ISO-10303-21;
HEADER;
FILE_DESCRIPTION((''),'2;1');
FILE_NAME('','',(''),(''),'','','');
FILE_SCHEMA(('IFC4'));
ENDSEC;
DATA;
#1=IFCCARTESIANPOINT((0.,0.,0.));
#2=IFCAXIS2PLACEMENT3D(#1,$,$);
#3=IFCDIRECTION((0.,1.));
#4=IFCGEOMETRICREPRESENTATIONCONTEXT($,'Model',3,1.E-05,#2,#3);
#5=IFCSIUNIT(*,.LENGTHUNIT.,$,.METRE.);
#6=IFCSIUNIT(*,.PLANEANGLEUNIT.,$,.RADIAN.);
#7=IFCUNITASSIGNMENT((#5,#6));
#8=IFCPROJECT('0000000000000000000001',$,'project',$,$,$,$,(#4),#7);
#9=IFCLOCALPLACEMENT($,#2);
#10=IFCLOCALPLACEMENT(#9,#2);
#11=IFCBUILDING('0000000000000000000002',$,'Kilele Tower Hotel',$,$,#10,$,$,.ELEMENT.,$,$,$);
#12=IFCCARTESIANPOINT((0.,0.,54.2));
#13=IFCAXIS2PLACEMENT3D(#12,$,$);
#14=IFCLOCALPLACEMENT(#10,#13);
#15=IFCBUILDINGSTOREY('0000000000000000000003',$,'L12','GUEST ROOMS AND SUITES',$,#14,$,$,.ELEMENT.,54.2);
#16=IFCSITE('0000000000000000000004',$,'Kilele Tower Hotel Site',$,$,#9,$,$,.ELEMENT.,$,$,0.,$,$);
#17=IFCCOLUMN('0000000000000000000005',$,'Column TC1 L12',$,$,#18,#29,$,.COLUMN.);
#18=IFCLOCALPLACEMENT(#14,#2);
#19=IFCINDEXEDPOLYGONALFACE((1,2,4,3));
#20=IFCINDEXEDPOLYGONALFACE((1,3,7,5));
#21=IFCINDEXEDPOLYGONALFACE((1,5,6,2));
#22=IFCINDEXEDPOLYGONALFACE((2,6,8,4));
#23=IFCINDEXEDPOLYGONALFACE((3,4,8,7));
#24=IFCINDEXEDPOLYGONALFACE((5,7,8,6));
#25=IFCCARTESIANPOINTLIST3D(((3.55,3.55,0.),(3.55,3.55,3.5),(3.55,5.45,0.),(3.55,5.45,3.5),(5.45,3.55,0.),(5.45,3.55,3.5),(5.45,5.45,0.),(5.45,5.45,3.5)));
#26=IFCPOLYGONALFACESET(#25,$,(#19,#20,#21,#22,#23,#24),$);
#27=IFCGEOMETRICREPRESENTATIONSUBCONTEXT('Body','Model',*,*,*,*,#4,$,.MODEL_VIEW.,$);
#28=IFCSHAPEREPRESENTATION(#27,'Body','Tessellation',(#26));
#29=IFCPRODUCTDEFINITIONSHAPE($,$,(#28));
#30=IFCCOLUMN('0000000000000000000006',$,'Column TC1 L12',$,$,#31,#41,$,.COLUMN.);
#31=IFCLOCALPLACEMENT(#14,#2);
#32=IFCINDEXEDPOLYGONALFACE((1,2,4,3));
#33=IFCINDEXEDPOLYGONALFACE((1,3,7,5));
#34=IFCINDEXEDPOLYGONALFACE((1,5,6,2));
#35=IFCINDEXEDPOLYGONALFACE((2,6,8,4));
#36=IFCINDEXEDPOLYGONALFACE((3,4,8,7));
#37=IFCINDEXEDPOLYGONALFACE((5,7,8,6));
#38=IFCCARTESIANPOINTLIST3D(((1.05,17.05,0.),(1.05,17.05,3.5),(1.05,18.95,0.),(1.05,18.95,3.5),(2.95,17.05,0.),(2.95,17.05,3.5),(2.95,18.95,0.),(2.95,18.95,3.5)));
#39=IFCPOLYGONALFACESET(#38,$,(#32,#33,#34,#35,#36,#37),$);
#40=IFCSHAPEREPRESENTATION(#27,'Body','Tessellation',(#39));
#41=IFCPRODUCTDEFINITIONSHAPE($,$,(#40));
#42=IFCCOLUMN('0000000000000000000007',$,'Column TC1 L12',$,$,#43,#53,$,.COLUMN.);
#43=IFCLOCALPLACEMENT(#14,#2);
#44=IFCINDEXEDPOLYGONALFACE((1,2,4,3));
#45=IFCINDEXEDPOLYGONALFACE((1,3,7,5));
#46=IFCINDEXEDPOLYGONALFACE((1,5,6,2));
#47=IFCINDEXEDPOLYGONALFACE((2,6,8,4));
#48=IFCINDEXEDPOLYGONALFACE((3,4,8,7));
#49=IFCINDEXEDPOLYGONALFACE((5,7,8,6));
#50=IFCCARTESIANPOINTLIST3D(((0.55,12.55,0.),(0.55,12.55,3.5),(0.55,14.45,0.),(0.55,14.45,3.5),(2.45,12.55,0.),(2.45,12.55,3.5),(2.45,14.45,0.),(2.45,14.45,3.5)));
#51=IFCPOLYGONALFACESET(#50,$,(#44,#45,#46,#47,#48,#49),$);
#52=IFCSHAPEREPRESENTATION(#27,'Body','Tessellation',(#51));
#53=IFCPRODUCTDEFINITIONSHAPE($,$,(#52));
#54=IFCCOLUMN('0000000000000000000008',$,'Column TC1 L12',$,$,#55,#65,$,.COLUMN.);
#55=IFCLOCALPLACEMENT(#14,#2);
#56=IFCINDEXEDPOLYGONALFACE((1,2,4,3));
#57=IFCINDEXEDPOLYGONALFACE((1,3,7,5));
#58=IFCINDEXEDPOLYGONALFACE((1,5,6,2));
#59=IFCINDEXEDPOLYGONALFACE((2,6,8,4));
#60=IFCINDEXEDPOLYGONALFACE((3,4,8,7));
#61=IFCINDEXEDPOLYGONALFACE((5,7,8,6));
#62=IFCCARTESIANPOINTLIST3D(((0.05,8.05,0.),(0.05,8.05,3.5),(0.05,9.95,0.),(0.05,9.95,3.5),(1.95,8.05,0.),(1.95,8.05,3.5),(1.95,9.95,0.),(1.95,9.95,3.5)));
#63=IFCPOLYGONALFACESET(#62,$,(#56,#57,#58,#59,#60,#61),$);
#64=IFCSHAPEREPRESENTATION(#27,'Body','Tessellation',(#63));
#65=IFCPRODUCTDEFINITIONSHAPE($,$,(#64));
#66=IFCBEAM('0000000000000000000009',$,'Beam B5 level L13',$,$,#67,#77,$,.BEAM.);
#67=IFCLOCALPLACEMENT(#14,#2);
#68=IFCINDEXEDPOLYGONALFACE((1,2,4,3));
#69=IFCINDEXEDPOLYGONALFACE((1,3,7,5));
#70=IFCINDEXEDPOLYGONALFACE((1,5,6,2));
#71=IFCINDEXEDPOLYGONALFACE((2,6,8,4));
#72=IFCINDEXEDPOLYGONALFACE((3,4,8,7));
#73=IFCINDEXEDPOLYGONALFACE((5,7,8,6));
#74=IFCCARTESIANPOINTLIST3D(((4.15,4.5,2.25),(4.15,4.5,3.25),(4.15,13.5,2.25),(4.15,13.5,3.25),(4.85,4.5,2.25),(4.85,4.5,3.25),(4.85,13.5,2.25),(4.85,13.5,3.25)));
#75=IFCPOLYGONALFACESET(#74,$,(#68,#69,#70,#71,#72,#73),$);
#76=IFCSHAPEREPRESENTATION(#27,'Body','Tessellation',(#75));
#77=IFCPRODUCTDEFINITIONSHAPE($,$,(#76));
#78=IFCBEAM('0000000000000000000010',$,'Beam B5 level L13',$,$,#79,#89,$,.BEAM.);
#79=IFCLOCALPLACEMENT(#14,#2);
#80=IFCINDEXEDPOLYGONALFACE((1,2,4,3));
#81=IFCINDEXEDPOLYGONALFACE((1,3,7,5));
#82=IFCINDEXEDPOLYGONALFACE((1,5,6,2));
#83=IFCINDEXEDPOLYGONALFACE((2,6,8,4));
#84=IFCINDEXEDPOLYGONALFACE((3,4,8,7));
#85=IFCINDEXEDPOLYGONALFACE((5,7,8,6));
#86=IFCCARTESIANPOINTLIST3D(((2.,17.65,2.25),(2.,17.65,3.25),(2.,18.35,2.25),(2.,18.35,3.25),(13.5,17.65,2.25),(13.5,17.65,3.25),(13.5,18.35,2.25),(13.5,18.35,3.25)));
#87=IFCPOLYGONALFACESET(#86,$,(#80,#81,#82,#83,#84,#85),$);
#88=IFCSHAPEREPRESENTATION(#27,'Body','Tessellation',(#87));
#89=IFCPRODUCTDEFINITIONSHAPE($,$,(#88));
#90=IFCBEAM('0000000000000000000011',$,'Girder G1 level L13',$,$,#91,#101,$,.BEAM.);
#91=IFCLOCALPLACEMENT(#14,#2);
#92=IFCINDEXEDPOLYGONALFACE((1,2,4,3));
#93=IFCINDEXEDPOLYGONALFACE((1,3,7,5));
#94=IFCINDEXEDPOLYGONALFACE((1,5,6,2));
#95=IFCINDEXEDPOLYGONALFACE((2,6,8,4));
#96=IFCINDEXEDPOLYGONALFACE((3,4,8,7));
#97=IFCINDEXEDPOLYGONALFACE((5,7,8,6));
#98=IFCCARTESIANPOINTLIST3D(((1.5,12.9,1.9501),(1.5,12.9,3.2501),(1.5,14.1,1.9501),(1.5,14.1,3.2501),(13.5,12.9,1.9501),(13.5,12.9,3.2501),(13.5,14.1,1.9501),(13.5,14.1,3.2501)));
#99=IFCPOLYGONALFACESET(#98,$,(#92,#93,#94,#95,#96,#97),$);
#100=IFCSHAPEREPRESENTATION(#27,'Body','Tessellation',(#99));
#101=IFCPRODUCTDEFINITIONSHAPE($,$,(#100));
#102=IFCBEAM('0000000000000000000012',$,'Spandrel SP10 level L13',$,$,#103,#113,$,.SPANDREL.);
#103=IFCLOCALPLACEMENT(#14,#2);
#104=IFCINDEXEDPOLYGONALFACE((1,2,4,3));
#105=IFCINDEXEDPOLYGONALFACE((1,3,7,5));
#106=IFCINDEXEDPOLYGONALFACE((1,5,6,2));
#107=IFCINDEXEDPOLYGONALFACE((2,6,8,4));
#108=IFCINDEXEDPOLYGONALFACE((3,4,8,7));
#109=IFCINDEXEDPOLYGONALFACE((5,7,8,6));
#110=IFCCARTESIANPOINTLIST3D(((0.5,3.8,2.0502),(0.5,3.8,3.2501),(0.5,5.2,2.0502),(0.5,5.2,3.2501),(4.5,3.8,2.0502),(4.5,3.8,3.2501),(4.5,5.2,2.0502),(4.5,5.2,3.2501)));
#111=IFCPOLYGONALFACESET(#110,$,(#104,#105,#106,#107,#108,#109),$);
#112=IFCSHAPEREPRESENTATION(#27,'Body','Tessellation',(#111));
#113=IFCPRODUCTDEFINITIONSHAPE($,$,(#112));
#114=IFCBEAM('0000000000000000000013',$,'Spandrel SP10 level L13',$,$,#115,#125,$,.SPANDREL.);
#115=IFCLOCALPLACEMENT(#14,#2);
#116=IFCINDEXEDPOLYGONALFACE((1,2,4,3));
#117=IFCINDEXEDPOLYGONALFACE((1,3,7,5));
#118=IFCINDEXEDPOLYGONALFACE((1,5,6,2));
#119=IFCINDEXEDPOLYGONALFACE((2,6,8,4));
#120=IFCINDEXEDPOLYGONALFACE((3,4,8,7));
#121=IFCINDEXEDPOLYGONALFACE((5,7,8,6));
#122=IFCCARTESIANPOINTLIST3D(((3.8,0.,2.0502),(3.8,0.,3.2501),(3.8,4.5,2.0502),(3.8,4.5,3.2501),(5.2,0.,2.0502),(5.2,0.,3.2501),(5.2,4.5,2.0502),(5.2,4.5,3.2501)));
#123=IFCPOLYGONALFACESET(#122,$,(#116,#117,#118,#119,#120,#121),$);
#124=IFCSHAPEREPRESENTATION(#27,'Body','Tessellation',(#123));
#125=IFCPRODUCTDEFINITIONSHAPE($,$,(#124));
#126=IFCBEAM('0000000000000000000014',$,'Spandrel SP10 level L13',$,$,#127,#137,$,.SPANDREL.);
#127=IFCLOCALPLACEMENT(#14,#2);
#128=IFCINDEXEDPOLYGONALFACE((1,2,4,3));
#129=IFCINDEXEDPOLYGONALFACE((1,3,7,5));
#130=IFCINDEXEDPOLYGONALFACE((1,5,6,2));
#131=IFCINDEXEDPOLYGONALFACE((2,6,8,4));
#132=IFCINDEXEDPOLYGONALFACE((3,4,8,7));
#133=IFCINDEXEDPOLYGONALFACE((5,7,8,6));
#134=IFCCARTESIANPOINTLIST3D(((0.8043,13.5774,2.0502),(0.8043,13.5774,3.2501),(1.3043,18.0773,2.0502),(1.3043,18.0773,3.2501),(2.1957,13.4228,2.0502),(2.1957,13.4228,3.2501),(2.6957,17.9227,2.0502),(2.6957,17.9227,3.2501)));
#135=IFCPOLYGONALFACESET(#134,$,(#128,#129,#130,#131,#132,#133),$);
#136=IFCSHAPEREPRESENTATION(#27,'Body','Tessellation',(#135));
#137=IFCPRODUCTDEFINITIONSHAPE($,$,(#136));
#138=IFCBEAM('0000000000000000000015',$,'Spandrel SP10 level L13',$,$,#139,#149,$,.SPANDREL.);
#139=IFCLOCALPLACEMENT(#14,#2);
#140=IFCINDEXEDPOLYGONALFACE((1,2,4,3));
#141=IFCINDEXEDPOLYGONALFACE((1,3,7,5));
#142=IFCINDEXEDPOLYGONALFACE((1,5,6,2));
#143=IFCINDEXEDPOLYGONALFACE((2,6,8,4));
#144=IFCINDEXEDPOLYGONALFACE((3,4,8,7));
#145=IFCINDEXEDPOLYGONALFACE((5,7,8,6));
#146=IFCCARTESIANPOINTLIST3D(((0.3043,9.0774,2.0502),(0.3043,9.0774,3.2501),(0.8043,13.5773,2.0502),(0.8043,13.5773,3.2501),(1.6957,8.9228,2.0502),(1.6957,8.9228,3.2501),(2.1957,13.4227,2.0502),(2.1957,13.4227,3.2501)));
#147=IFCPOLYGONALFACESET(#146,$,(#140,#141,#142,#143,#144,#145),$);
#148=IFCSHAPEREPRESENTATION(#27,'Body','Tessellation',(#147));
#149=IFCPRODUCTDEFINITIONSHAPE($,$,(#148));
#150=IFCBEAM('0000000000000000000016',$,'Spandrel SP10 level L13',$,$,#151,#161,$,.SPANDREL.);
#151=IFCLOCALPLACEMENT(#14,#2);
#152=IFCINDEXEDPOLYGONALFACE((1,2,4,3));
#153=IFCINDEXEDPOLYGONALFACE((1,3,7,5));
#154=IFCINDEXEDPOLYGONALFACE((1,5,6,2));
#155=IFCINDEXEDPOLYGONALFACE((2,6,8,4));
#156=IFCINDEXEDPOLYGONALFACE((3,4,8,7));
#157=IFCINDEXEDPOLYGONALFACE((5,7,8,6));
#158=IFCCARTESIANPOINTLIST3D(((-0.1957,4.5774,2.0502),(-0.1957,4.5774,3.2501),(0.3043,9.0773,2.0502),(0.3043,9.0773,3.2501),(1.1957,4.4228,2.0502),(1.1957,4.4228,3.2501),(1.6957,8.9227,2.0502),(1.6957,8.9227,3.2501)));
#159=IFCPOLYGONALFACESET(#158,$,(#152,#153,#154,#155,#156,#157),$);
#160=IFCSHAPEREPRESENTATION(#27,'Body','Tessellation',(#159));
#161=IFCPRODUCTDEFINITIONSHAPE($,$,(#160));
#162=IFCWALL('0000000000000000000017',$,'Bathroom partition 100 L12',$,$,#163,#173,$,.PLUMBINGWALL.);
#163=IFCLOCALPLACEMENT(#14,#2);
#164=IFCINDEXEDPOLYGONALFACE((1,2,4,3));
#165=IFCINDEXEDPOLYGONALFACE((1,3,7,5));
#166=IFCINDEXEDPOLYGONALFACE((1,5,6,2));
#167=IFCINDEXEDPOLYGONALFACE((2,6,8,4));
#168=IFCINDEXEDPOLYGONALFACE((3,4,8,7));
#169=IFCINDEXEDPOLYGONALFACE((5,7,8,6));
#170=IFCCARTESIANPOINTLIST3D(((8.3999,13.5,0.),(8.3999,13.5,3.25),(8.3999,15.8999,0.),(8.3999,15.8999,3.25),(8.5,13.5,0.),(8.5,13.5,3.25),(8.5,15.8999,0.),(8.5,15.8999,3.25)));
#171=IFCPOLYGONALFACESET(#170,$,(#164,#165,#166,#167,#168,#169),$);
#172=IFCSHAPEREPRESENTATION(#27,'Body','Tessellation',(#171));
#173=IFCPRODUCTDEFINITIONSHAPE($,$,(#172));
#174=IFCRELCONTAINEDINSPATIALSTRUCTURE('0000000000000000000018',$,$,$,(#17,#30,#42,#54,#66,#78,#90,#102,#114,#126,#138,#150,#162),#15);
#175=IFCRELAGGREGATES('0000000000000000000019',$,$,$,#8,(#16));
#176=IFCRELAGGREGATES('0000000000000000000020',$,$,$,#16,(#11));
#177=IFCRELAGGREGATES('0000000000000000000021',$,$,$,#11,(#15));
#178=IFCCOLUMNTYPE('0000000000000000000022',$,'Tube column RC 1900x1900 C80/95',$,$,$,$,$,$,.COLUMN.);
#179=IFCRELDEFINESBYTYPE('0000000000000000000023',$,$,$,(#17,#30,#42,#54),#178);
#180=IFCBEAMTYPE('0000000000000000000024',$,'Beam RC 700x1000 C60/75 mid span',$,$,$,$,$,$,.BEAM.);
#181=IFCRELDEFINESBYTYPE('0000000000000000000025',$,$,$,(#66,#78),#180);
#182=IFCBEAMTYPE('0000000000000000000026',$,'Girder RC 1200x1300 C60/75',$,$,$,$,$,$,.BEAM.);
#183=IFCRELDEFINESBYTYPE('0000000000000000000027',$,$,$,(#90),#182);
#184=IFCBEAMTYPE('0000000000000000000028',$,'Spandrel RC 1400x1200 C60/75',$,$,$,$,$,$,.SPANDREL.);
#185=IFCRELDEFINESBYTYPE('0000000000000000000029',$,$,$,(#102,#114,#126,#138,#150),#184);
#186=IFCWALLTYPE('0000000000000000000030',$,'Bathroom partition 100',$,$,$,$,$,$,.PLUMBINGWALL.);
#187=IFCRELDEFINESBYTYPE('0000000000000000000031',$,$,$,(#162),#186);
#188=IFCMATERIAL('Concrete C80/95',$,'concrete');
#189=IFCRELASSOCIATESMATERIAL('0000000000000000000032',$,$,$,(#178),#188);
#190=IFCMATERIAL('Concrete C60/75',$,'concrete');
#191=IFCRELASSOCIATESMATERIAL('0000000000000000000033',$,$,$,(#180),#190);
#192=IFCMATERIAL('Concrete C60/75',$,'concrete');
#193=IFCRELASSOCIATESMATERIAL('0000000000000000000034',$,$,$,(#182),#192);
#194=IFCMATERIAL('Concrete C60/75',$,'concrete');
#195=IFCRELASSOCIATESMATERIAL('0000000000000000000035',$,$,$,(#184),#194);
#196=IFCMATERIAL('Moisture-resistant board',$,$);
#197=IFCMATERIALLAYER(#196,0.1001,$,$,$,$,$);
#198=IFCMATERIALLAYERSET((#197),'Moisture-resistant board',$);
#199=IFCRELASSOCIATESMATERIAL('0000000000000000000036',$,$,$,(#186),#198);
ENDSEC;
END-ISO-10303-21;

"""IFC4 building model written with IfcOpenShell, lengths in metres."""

from ifc_helpers import new_model, si_unit, direction, frame, frame_2d, origin, origin_2d, place, context, subcontext, project, spatial, rectangle, extrude, material, layer, layer_set, material_profile, profile_set, type_object, element, save


model = new_model("IFC4")

# Units and contexts
model_context = context("Model", 3, precision=1e-05, world=origin(), true_north=direction((0.0, 1.0)))
body_context = subcontext(model_context, "Body", "Model", "MODEL_VIEW")
ifc_project = project(units=[si_unit("LENGTHUNIT", "METRE"), si_unit("PLANEANGLEUNIT", "RADIAN")], contexts=[model_context])

# Site, building, storey
site_placement = place(None, origin())
site = spatial("IfcSite", under=ifc_project, at=site_placement, Name="Kilele Tower Hotel Site", CompositionType="ELEMENT", RefElevation=0.0)
building_placement = place(site_placement, origin())
building = spatial("IfcBuilding", under=site, at=building_placement, Name="Kilele Tower Hotel", CompositionType="ELEMENT")
storey_placement = place(building_placement, frame((0.0, 0.0, 54.2)))
storey = spatial("IfcBuildingStorey", under=building, at=storey_placement, Name="L12", Description="GUEST ROOMS AND SUITES", CompositionType="ELEMENT", Elevation=54.2)

# Columns
ifc_material_1 = material(Name="Concrete C80/95", Category="concrete")
ifc_material_profile_1 = material_profile(ifc_material_1, rectangle(XDim=1.8999, YDim=1.8999, at=origin_2d()))
ifc_profile_set_1 = profile_set([ifc_material_profile_1], Name="Concrete C80/95")
column_type = type_object("IfcColumnType", Name="Tube column RC 1900x1900 C80/95", PredefinedType="COLUMN", material=ifc_profile_set_1)
for number, where, z_axis, x_axis, name in (
    (1, (4.5, 4.5, 0.0), (0.0, 0.0, 1.0), (1.0, 0.0, 0.0), "Column TC1 L12"),
    (2, (2.0, 18.0, 0.0), (0.0, 0.0, 1.0), (1.0, 0.0, 0.0), "Column TC1 L12"),
    (3, (1.5, 13.5, 0.0), (0.0, 0.0, 1.0), (1.0, 0.0, 0.0), "Column TC1 L12"),
    (4, (1.0, 9.0, 0.0), (0.0, 0.0, 1.0), (1.0, 0.0, 0.0), "Column TC1 L12"),
):
    element("IfcColumn", number, at=place(storey_placement, frame(where, z_axis=z_axis, x_axis=x_axis)), inside=storey, type_object=column_type, Name=name, PredefinedType="COLUMN", context=body_context, shape_type="SweptSolid", body=[
        extrude(rectangle(XDim=1.8999, YDim=1.8999, at=origin_2d()), origin(), (0.0, 0.0, 1.0), 3.5),
    ])

# Beams
ifc_material_2 = material(Name="Concrete C60/75", Category="concrete")
ifc_material_profile_2 = material_profile(ifc_material_2, rectangle(XDim=0.7, YDim=1.0, at=origin_2d()))
ifc_profile_set_2 = profile_set([ifc_material_profile_2], Name="Concrete C60/75")
beam_type_1 = type_object("IfcBeamType", Name="Beam RC 700x1000 C60/75 mid span", PredefinedType="BEAM", material=ifc_profile_set_2)
beam_1_placement = place(storey_placement, frame((4.5, 4.5, 2.75), z_axis=(0.0, 1.0, 0.0), x_axis=(-1.0, 0.0, 0.0)))
element("IfcBeam", 5, at=beam_1_placement, inside=storey, type_object=beam_type_1, Name="Beam B5 level L13", PredefinedType="BEAM", context=body_context, shape_type="SweptSolid", body=[
    extrude(rectangle(XDim=0.7, YDim=1.0, at=origin_2d()), origin(), (0.0, 0.0, 1.0), 9.0),
])
beam_2_placement = place(storey_placement, frame((2.0, 18.0, 2.75), z_axis=(1.0, 0.0, 0.0), x_axis=(0.0, 1.0, 0.0)))
element("IfcBeam", 6, at=beam_2_placement, inside=storey, type_object=beam_type_1, Name="Beam B5 level L13", PredefinedType="BEAM", context=body_context, shape_type="SweptSolid", body=[
    extrude(rectangle(XDim=0.7, YDim=1.0, at=origin_2d()), origin(), (0.0, 0.0, 1.0), 11.5),
])
ifc_material_3 = material(Name="Concrete C60/75", Category="concrete")
ifc_material_profile_3 = material_profile(ifc_material_3, rectangle(XDim=1.2, YDim=1.3, at=origin_2d()))
ifc_profile_set_3 = profile_set([ifc_material_profile_3], Name="Concrete C60/75")
beam_type_2 = type_object("IfcBeamType", Name="Girder RC 1200x1300 C60/75", PredefinedType="BEAM", material=ifc_profile_set_3)
beam_3_placement = place(storey_placement, frame((1.5, 13.5, 2.6001), z_axis=(1.0, 0.0, 0.0), x_axis=(0.0, 1.0, 0.0)))
element("IfcBeam", 7, at=beam_3_placement, inside=storey, type_object=beam_type_2, Name="Girder G1 level L13", PredefinedType="BEAM", context=body_context, shape_type="SweptSolid", body=[
    extrude(rectangle(XDim=1.2, YDim=1.3, at=origin_2d()), origin(), (0.0, 0.0, 1.0), 12.0),
])
ifc_material_4 = material(Name="Concrete C60/75", Category="concrete")
ifc_material_profile_4 = material_profile(ifc_material_4, rectangle(XDim=1.3999, YDim=1.2, at=origin_2d()))
ifc_profile_set_4 = profile_set([ifc_material_profile_4], Name="Concrete C60/75")
beam_type_3 = type_object("IfcBeamType", Name="Spandrel RC 1400x1200 C60/75", PredefinedType="SPANDREL", material=ifc_profile_set_4)
beam_4_placement = place(storey_placement, frame((0.5, 4.5, 2.6501), z_axis=(1.0, 0.0, 0.0), x_axis=(0.0, 1.0, 0.0)))
element("IfcBeam", 8, at=beam_4_placement, inside=storey, type_object=beam_type_3, Name="Spandrel SP10 level L13", PredefinedType="SPANDREL", context=body_context, shape_type="SweptSolid", body=[
    extrude(rectangle(XDim=1.3999, YDim=1.2, at=origin_2d()), origin(), (0.0, 0.0, 1.0), 4.0),
])
beam_5_placement = place(storey_placement, frame((4.5, 4.5, 2.6501), z_axis=(0.0, -1.0, 0.0), x_axis=(1.0, 0.0, 0.0)))
element("IfcBeam", 9, at=beam_5_placement, inside=storey, type_object=beam_type_3, Name="Spandrel SP10 level L13", PredefinedType="SPANDREL", context=body_context, shape_type="SweptSolid", body=[
    extrude(rectangle(XDim=1.3999, YDim=1.2, at=origin_2d()), origin(), (0.0, 0.0, 1.0), 4.5),
])
for number, where, z_axis, x_axis, name in (
    (10, (2.0, 18.0, 2.6501), (-0.110432, -0.993884, 0.0), (0.993884, -0.110432, 0.0), "Spandrel SP10 level L13"),
    (11, (1.5, 13.5, 2.6501), (-0.110432, -0.993884, 0.0), (0.993884, -0.110432, 0.0), "Spandrel SP10 level L13"),
    (12, (1.0, 9.0, 2.6501), (-0.110432, -0.993884, 0.0), (0.993884, -0.110432, 0.0), "Spandrel SP10 level L13"),
):
    element("IfcBeam", number, at=place(storey_placement, frame(where, z_axis=z_axis, x_axis=x_axis)), inside=storey, type_object=beam_type_3, Name=name, PredefinedType="SPANDREL", context=body_context, shape_type="SweptSolid", body=[
        extrude(rectangle(XDim=1.3999, YDim=1.2, at=origin_2d()), origin(), (0.0, 0.0, 1.0), 4.5276),
    ])

# Wall
ifc_material_5 = material(Name="Moisture-resistant board")
ifc_layer_1 = layer(ifc_material_5, 0.1001)
ifc_layer_set_1 = layer_set([ifc_layer_1], Name="Moisture-resistant board")
wall_type_1 = type_object("IfcWallType", Name="Bathroom partition 100", PredefinedType="PLUMBINGWALL", material=ifc_layer_set_1)
wall_1_placement = place(storey_placement, frame((8.45, 13.5, 0.0), z_axis=(0.0, 0.0, 1.0), x_axis=(0.0, 1.0, 0.0)))
element("IfcWall", 13, at=wall_1_placement, inside=storey, type_object=wall_type_1, Name="Bathroom partition 100 L12", PredefinedType="PLUMBINGWALL", context=body_context, shape_type="SweptSolid", body=[
    extrude(rectangle(XDim=2.3999, YDim=0.1001, at=frame_2d((1.2, 0.0))), origin(), (0.0, 0.0, 1.0), 3.25),
])

save(model, "model.ifc")
